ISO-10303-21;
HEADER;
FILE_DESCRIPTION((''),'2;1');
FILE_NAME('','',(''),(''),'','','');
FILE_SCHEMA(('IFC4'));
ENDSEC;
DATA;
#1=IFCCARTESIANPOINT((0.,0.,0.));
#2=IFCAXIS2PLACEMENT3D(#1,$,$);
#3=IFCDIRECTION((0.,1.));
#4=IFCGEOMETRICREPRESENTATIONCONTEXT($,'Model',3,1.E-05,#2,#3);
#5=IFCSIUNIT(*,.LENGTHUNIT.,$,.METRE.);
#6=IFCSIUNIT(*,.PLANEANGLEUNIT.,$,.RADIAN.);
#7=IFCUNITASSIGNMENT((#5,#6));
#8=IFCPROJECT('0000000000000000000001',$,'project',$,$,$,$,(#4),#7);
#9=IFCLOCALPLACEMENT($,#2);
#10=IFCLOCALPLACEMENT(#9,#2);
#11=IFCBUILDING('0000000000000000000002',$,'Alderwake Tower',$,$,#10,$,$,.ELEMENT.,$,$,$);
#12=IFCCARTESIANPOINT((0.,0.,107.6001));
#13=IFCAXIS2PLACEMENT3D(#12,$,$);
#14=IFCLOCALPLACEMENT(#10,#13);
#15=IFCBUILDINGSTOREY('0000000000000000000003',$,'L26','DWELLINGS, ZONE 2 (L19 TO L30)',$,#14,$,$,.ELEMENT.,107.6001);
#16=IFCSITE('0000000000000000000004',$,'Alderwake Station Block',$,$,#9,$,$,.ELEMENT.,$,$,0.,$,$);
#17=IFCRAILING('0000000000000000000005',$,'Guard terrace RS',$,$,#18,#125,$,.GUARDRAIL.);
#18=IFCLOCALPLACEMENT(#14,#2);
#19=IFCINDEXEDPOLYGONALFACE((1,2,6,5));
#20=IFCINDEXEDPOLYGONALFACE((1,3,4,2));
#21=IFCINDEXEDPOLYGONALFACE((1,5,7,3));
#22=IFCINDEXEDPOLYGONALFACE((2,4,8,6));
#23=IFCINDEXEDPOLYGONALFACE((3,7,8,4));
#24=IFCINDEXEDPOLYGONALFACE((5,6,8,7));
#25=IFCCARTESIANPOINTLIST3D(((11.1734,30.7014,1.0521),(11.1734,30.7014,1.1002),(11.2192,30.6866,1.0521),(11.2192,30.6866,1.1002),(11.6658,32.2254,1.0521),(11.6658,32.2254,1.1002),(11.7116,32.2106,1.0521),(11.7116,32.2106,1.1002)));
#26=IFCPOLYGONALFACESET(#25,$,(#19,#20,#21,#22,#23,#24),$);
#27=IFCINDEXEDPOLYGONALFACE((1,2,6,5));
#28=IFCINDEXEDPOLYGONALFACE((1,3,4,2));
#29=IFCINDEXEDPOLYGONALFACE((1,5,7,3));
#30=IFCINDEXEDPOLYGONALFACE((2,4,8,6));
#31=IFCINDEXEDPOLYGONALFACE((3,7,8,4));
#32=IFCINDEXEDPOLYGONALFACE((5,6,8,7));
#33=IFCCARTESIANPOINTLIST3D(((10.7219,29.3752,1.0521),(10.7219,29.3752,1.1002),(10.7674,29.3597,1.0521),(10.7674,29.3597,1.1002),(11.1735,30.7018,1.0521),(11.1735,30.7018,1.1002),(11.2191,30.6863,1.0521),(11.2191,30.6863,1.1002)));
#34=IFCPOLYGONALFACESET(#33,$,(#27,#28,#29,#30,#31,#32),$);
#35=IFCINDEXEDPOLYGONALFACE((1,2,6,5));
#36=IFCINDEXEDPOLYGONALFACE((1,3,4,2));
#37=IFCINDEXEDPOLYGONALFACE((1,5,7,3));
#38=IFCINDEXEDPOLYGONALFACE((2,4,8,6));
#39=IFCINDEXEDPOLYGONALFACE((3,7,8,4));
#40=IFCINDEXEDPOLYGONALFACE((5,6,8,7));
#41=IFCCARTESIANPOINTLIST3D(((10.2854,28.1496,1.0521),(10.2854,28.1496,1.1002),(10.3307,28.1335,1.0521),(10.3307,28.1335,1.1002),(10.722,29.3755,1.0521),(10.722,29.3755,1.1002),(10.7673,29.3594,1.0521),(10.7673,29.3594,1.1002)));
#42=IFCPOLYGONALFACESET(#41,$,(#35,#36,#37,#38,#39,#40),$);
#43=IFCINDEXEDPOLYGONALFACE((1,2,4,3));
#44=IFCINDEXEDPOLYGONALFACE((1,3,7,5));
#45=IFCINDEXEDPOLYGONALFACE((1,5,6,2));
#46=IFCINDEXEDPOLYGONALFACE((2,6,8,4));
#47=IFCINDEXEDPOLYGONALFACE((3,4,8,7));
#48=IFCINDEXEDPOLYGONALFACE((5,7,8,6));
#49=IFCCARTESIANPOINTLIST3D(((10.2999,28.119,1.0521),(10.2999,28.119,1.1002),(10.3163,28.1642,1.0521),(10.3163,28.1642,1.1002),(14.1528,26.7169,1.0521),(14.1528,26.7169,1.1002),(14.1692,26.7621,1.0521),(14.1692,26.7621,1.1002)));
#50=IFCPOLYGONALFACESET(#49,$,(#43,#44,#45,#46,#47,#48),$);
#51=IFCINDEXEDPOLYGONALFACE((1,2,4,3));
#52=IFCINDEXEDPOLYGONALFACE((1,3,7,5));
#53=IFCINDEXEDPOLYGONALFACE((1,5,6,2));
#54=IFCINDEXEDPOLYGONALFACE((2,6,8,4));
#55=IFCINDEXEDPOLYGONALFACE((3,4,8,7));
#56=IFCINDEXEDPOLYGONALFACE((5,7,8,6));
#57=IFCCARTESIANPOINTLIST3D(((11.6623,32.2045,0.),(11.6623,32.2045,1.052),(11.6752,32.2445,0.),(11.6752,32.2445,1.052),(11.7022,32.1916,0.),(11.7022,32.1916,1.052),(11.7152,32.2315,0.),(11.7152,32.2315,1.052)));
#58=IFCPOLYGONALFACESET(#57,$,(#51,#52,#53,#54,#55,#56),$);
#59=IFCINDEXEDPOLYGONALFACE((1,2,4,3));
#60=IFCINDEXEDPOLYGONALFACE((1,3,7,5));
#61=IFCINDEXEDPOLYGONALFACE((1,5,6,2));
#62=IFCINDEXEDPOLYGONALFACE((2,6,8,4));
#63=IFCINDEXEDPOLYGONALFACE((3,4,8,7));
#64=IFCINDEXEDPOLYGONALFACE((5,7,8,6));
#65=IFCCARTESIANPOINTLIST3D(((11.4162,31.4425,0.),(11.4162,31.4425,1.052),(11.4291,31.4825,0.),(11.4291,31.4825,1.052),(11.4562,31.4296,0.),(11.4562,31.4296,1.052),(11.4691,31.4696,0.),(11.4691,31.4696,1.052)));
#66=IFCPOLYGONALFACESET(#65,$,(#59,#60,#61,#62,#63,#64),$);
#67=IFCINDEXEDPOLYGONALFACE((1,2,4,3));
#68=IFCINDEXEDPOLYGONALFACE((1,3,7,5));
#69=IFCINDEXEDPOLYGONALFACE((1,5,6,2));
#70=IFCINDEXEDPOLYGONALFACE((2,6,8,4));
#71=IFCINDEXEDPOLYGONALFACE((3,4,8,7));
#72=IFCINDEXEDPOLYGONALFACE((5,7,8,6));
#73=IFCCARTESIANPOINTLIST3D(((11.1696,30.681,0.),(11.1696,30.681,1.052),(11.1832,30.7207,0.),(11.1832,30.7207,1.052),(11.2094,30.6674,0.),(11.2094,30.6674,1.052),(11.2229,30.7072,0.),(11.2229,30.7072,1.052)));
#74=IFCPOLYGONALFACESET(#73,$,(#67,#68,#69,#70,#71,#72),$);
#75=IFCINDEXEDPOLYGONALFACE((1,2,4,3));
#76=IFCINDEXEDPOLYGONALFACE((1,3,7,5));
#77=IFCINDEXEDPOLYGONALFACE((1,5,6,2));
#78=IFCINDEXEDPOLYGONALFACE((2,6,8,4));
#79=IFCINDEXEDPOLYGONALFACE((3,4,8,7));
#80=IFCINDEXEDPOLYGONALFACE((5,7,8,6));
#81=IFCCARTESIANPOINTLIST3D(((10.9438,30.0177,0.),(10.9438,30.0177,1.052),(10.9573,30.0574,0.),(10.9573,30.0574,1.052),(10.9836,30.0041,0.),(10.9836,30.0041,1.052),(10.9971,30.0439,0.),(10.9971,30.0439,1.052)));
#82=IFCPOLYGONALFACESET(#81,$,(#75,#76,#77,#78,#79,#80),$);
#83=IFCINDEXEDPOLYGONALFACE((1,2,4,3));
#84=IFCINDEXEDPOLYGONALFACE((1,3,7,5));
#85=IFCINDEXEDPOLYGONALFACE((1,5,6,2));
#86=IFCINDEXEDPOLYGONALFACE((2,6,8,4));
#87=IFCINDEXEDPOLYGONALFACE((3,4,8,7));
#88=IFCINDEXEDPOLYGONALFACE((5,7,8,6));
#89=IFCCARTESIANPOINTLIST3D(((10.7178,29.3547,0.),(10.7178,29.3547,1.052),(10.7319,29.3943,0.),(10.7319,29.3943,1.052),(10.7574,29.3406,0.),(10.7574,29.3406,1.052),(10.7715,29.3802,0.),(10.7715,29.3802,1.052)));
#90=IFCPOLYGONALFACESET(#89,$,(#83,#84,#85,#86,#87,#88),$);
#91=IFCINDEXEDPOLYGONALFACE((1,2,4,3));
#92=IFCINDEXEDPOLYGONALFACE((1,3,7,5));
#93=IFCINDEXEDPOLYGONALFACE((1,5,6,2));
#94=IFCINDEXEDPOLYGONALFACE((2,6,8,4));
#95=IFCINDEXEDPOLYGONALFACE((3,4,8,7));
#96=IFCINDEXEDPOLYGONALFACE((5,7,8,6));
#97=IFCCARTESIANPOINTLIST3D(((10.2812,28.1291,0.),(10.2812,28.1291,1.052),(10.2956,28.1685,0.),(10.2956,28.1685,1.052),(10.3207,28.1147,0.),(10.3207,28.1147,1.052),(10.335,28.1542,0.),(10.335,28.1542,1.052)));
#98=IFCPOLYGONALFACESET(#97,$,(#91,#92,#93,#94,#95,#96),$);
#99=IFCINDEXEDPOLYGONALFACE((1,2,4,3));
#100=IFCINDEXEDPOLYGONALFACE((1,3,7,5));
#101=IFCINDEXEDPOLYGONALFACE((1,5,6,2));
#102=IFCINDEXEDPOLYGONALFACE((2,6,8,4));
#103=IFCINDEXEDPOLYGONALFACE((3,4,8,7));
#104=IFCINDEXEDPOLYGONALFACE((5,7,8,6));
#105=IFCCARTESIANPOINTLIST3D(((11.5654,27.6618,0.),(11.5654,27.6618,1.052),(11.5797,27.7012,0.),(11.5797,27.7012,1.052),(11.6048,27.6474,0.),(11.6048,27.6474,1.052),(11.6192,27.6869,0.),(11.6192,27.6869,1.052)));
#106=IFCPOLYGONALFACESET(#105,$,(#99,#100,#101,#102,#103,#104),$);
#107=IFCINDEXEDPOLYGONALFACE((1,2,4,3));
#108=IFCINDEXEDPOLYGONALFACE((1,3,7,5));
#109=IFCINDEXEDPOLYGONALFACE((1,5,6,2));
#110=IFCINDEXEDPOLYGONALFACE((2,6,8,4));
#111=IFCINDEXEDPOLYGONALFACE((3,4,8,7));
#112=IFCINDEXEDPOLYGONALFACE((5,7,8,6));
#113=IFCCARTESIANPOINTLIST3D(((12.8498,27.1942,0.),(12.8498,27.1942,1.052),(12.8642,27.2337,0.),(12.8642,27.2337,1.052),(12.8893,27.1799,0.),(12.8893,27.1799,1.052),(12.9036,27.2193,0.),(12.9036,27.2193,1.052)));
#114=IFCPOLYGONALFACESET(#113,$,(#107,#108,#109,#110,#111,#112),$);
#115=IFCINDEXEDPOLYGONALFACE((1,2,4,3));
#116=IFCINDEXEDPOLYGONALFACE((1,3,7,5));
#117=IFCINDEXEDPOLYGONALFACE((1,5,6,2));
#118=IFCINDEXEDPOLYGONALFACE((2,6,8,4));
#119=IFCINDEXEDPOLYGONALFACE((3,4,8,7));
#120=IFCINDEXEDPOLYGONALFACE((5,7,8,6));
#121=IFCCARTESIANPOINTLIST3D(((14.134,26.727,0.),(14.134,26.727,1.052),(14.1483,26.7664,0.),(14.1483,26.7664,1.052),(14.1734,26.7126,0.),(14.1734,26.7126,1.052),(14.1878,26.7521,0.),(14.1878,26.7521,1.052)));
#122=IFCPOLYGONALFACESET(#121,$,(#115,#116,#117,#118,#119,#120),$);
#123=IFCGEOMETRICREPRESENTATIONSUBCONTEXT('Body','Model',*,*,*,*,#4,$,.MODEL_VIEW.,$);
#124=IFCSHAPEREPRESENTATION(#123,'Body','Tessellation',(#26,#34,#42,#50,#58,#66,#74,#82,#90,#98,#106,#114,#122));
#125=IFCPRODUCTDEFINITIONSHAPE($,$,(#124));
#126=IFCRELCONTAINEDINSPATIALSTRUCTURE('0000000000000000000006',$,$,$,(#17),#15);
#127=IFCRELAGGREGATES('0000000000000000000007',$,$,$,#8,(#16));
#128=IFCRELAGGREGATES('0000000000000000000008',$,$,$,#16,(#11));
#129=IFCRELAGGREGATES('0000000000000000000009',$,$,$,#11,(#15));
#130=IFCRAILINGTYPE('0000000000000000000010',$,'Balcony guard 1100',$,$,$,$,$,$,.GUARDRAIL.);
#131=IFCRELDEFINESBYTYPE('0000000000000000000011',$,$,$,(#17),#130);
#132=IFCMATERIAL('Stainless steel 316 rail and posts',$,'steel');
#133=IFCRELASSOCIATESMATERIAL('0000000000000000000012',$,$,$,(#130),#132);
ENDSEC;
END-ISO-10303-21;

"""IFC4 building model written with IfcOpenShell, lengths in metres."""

from ifc_helpers import new_model, si_unit, direction, frame, origin, origin_2d, place, context, subcontext, project, spatial, rectangle, extrude, material, type_object, element, save


model = new_model("IFC4")

# Units and contexts
model_context = context("Model", 3, precision=1e-05, world=origin(), true_north=direction((0.0, 1.0)))
body_context = subcontext(model_context, "Body", "Model", "MODEL_VIEW")
ifc_project = project(units=[si_unit("LENGTHUNIT", "METRE"), si_unit("PLANEANGLEUNIT", "RADIAN")], contexts=[model_context])

# Site, building, storey
site_placement = place(None, origin())
site = spatial("IfcSite", under=ifc_project, at=site_placement, Name="Alderwake Station Block", CompositionType="ELEMENT", RefElevation=0.0)
building_placement = place(site_placement, origin())
building = spatial("IfcBuilding", under=site, at=building_placement, Name="Alderwake Tower", CompositionType="ELEMENT")
storey_placement = place(building_placement, frame((0.0, 0.0, 107.6001)))
storey = spatial("IfcBuildingStorey", under=building, at=storey_placement, Name="L26", Description="DWELLINGS, ZONE 2 (L19 TO L30)", CompositionType="ELEMENT", Elevation=107.6001)

# Railing
ifc_material_1 = material(Name="Stainless steel 316 rail and posts", Category="steel")
railing_type = type_object("IfcRailingType", Name="Balcony guard 1100", PredefinedType="GUARDRAIL", material=ifc_material_1)
railing_1_placement = place(storey_placement, frame((11.6887, 32.218, 0.0)))
element("IfcRailing", 1, at=railing_1_placement, inside=storey, type_object=railing_type, Name="Guard terrace RS", PredefinedType="GUARDRAIL", context=body_context, shape_type="SweptSolid", body=[
    extrude(rectangle(XDim=0.0481, YDim=0.0481, at=origin_2d()), frame((0.0, 0.0, 1.0762), z_axis=(-0.307479, -0.951555, 0.0), x_axis=(0.951555, -0.307479, 0.0)), (0.0, 0.0, 1.0), 1.6016),
    extrude(rectangle(XDim=0.0481, YDim=0.0481, at=origin_2d()), frame((-0.4924, -1.5239, 1.0762), z_axis=(-0.322284, -0.946643, 0.0), x_axis=(0.946643, -0.322284, 0.0)), (0.0, 0.0, 1.0), 1.4014),
    extrude(rectangle(XDim=0.0481, YDim=0.0481, at=origin_2d()), frame((-0.9441, -2.8506, 1.0762), z_axis=(-0.335469, -0.942051, 0.0), x_axis=(0.942051, -0.335469, 0.0)), (0.0, 0.0, 1.0), 1.3013),
    extrude(rectangle(XDim=0.0481, YDim=0.0481, at=origin_2d()), frame((-1.3806, -4.0764, 1.0762), z_axis=(0.939708, -0.341977, 0.0), x_axis=(0.341977, 0.939708, 0.0)), (0.0, 0.0, 1.0), 4.1001),
    extrude(rectangle(XDim=0.042, YDim=0.042, at=origin_2d()), frame((0.0, 0.0, 0.0), z_axis=(0.0, 0.0, 1.0), x_axis=(-0.307479, -0.951555, 0.0)), (0.0, 0.0, 1.0), 1.052),
    extrude(rectangle(XDim=0.042, YDim=0.042, at=origin_2d()), frame((-0.2461, -0.762, 0.0), z_axis=(0.0, 0.0, 1.0), x_axis=(-0.307479, -0.951555, 0.0)), (0.0, 0.0, 1.0), 1.052),
    extrude(rectangle(XDim=0.042, YDim=0.042, at=origin_2d()), frame((-0.4924, -1.5239, 0.0), z_axis=(0.0, 0.0, 1.0), x_axis=(-0.322284, -0.946643, 0.0)), (0.0, 0.0, 1.0), 1.052),
    extrude(rectangle(XDim=0.042, YDim=0.042, at=origin_2d()), frame((-0.7183, -2.1873, 0.0), z_axis=(0.0, 0.0, 1.0), x_axis=(-0.322284, -0.946643, 0.0)), (0.0, 0.0, 1.0), 1.052),
    extrude(rectangle(XDim=0.042, YDim=0.042, at=origin_2d()), frame((-0.9441, -2.8506, 0.0), z_axis=(0.0, 0.0, 1.0), x_axis=(-0.335469, -0.942051, 0.0)), (0.0, 0.0, 1.0), 1.052),
    extrude(rectangle(XDim=0.042, YDim=0.042, at=origin_2d()), frame((-1.3806, -4.0764, 0.0), z_axis=(0.0, 0.0, 1.0), x_axis=(0.939708, -0.341977, 0.0)), (0.0, 0.0, 1.0), 1.052),
    extrude(rectangle(XDim=0.042, YDim=0.042, at=origin_2d()), frame((-0.0964, -4.5437, 0.0), z_axis=(0.0, 0.0, 1.0), x_axis=(0.939708, -0.341977, 0.0)), (0.0, 0.0, 1.0), 1.052),
    extrude(rectangle(XDim=0.042, YDim=0.042, at=origin_2d()), frame((1.188, -5.0112, 0.0), z_axis=(0.0, 0.0, 1.0), x_axis=(0.939708, -0.341977, 0.0)), (0.0, 0.0, 1.0), 1.052),
    extrude(rectangle(XDim=0.042, YDim=0.042, at=origin_2d()), frame((2.4722, -5.4785, 0.0), z_axis=(0.0, 0.0, 1.0), x_axis=(0.939708, -0.341977, 0.0)), (0.0, 0.0, 1.0), 1.052),
])

save(model, "model.ifc")
